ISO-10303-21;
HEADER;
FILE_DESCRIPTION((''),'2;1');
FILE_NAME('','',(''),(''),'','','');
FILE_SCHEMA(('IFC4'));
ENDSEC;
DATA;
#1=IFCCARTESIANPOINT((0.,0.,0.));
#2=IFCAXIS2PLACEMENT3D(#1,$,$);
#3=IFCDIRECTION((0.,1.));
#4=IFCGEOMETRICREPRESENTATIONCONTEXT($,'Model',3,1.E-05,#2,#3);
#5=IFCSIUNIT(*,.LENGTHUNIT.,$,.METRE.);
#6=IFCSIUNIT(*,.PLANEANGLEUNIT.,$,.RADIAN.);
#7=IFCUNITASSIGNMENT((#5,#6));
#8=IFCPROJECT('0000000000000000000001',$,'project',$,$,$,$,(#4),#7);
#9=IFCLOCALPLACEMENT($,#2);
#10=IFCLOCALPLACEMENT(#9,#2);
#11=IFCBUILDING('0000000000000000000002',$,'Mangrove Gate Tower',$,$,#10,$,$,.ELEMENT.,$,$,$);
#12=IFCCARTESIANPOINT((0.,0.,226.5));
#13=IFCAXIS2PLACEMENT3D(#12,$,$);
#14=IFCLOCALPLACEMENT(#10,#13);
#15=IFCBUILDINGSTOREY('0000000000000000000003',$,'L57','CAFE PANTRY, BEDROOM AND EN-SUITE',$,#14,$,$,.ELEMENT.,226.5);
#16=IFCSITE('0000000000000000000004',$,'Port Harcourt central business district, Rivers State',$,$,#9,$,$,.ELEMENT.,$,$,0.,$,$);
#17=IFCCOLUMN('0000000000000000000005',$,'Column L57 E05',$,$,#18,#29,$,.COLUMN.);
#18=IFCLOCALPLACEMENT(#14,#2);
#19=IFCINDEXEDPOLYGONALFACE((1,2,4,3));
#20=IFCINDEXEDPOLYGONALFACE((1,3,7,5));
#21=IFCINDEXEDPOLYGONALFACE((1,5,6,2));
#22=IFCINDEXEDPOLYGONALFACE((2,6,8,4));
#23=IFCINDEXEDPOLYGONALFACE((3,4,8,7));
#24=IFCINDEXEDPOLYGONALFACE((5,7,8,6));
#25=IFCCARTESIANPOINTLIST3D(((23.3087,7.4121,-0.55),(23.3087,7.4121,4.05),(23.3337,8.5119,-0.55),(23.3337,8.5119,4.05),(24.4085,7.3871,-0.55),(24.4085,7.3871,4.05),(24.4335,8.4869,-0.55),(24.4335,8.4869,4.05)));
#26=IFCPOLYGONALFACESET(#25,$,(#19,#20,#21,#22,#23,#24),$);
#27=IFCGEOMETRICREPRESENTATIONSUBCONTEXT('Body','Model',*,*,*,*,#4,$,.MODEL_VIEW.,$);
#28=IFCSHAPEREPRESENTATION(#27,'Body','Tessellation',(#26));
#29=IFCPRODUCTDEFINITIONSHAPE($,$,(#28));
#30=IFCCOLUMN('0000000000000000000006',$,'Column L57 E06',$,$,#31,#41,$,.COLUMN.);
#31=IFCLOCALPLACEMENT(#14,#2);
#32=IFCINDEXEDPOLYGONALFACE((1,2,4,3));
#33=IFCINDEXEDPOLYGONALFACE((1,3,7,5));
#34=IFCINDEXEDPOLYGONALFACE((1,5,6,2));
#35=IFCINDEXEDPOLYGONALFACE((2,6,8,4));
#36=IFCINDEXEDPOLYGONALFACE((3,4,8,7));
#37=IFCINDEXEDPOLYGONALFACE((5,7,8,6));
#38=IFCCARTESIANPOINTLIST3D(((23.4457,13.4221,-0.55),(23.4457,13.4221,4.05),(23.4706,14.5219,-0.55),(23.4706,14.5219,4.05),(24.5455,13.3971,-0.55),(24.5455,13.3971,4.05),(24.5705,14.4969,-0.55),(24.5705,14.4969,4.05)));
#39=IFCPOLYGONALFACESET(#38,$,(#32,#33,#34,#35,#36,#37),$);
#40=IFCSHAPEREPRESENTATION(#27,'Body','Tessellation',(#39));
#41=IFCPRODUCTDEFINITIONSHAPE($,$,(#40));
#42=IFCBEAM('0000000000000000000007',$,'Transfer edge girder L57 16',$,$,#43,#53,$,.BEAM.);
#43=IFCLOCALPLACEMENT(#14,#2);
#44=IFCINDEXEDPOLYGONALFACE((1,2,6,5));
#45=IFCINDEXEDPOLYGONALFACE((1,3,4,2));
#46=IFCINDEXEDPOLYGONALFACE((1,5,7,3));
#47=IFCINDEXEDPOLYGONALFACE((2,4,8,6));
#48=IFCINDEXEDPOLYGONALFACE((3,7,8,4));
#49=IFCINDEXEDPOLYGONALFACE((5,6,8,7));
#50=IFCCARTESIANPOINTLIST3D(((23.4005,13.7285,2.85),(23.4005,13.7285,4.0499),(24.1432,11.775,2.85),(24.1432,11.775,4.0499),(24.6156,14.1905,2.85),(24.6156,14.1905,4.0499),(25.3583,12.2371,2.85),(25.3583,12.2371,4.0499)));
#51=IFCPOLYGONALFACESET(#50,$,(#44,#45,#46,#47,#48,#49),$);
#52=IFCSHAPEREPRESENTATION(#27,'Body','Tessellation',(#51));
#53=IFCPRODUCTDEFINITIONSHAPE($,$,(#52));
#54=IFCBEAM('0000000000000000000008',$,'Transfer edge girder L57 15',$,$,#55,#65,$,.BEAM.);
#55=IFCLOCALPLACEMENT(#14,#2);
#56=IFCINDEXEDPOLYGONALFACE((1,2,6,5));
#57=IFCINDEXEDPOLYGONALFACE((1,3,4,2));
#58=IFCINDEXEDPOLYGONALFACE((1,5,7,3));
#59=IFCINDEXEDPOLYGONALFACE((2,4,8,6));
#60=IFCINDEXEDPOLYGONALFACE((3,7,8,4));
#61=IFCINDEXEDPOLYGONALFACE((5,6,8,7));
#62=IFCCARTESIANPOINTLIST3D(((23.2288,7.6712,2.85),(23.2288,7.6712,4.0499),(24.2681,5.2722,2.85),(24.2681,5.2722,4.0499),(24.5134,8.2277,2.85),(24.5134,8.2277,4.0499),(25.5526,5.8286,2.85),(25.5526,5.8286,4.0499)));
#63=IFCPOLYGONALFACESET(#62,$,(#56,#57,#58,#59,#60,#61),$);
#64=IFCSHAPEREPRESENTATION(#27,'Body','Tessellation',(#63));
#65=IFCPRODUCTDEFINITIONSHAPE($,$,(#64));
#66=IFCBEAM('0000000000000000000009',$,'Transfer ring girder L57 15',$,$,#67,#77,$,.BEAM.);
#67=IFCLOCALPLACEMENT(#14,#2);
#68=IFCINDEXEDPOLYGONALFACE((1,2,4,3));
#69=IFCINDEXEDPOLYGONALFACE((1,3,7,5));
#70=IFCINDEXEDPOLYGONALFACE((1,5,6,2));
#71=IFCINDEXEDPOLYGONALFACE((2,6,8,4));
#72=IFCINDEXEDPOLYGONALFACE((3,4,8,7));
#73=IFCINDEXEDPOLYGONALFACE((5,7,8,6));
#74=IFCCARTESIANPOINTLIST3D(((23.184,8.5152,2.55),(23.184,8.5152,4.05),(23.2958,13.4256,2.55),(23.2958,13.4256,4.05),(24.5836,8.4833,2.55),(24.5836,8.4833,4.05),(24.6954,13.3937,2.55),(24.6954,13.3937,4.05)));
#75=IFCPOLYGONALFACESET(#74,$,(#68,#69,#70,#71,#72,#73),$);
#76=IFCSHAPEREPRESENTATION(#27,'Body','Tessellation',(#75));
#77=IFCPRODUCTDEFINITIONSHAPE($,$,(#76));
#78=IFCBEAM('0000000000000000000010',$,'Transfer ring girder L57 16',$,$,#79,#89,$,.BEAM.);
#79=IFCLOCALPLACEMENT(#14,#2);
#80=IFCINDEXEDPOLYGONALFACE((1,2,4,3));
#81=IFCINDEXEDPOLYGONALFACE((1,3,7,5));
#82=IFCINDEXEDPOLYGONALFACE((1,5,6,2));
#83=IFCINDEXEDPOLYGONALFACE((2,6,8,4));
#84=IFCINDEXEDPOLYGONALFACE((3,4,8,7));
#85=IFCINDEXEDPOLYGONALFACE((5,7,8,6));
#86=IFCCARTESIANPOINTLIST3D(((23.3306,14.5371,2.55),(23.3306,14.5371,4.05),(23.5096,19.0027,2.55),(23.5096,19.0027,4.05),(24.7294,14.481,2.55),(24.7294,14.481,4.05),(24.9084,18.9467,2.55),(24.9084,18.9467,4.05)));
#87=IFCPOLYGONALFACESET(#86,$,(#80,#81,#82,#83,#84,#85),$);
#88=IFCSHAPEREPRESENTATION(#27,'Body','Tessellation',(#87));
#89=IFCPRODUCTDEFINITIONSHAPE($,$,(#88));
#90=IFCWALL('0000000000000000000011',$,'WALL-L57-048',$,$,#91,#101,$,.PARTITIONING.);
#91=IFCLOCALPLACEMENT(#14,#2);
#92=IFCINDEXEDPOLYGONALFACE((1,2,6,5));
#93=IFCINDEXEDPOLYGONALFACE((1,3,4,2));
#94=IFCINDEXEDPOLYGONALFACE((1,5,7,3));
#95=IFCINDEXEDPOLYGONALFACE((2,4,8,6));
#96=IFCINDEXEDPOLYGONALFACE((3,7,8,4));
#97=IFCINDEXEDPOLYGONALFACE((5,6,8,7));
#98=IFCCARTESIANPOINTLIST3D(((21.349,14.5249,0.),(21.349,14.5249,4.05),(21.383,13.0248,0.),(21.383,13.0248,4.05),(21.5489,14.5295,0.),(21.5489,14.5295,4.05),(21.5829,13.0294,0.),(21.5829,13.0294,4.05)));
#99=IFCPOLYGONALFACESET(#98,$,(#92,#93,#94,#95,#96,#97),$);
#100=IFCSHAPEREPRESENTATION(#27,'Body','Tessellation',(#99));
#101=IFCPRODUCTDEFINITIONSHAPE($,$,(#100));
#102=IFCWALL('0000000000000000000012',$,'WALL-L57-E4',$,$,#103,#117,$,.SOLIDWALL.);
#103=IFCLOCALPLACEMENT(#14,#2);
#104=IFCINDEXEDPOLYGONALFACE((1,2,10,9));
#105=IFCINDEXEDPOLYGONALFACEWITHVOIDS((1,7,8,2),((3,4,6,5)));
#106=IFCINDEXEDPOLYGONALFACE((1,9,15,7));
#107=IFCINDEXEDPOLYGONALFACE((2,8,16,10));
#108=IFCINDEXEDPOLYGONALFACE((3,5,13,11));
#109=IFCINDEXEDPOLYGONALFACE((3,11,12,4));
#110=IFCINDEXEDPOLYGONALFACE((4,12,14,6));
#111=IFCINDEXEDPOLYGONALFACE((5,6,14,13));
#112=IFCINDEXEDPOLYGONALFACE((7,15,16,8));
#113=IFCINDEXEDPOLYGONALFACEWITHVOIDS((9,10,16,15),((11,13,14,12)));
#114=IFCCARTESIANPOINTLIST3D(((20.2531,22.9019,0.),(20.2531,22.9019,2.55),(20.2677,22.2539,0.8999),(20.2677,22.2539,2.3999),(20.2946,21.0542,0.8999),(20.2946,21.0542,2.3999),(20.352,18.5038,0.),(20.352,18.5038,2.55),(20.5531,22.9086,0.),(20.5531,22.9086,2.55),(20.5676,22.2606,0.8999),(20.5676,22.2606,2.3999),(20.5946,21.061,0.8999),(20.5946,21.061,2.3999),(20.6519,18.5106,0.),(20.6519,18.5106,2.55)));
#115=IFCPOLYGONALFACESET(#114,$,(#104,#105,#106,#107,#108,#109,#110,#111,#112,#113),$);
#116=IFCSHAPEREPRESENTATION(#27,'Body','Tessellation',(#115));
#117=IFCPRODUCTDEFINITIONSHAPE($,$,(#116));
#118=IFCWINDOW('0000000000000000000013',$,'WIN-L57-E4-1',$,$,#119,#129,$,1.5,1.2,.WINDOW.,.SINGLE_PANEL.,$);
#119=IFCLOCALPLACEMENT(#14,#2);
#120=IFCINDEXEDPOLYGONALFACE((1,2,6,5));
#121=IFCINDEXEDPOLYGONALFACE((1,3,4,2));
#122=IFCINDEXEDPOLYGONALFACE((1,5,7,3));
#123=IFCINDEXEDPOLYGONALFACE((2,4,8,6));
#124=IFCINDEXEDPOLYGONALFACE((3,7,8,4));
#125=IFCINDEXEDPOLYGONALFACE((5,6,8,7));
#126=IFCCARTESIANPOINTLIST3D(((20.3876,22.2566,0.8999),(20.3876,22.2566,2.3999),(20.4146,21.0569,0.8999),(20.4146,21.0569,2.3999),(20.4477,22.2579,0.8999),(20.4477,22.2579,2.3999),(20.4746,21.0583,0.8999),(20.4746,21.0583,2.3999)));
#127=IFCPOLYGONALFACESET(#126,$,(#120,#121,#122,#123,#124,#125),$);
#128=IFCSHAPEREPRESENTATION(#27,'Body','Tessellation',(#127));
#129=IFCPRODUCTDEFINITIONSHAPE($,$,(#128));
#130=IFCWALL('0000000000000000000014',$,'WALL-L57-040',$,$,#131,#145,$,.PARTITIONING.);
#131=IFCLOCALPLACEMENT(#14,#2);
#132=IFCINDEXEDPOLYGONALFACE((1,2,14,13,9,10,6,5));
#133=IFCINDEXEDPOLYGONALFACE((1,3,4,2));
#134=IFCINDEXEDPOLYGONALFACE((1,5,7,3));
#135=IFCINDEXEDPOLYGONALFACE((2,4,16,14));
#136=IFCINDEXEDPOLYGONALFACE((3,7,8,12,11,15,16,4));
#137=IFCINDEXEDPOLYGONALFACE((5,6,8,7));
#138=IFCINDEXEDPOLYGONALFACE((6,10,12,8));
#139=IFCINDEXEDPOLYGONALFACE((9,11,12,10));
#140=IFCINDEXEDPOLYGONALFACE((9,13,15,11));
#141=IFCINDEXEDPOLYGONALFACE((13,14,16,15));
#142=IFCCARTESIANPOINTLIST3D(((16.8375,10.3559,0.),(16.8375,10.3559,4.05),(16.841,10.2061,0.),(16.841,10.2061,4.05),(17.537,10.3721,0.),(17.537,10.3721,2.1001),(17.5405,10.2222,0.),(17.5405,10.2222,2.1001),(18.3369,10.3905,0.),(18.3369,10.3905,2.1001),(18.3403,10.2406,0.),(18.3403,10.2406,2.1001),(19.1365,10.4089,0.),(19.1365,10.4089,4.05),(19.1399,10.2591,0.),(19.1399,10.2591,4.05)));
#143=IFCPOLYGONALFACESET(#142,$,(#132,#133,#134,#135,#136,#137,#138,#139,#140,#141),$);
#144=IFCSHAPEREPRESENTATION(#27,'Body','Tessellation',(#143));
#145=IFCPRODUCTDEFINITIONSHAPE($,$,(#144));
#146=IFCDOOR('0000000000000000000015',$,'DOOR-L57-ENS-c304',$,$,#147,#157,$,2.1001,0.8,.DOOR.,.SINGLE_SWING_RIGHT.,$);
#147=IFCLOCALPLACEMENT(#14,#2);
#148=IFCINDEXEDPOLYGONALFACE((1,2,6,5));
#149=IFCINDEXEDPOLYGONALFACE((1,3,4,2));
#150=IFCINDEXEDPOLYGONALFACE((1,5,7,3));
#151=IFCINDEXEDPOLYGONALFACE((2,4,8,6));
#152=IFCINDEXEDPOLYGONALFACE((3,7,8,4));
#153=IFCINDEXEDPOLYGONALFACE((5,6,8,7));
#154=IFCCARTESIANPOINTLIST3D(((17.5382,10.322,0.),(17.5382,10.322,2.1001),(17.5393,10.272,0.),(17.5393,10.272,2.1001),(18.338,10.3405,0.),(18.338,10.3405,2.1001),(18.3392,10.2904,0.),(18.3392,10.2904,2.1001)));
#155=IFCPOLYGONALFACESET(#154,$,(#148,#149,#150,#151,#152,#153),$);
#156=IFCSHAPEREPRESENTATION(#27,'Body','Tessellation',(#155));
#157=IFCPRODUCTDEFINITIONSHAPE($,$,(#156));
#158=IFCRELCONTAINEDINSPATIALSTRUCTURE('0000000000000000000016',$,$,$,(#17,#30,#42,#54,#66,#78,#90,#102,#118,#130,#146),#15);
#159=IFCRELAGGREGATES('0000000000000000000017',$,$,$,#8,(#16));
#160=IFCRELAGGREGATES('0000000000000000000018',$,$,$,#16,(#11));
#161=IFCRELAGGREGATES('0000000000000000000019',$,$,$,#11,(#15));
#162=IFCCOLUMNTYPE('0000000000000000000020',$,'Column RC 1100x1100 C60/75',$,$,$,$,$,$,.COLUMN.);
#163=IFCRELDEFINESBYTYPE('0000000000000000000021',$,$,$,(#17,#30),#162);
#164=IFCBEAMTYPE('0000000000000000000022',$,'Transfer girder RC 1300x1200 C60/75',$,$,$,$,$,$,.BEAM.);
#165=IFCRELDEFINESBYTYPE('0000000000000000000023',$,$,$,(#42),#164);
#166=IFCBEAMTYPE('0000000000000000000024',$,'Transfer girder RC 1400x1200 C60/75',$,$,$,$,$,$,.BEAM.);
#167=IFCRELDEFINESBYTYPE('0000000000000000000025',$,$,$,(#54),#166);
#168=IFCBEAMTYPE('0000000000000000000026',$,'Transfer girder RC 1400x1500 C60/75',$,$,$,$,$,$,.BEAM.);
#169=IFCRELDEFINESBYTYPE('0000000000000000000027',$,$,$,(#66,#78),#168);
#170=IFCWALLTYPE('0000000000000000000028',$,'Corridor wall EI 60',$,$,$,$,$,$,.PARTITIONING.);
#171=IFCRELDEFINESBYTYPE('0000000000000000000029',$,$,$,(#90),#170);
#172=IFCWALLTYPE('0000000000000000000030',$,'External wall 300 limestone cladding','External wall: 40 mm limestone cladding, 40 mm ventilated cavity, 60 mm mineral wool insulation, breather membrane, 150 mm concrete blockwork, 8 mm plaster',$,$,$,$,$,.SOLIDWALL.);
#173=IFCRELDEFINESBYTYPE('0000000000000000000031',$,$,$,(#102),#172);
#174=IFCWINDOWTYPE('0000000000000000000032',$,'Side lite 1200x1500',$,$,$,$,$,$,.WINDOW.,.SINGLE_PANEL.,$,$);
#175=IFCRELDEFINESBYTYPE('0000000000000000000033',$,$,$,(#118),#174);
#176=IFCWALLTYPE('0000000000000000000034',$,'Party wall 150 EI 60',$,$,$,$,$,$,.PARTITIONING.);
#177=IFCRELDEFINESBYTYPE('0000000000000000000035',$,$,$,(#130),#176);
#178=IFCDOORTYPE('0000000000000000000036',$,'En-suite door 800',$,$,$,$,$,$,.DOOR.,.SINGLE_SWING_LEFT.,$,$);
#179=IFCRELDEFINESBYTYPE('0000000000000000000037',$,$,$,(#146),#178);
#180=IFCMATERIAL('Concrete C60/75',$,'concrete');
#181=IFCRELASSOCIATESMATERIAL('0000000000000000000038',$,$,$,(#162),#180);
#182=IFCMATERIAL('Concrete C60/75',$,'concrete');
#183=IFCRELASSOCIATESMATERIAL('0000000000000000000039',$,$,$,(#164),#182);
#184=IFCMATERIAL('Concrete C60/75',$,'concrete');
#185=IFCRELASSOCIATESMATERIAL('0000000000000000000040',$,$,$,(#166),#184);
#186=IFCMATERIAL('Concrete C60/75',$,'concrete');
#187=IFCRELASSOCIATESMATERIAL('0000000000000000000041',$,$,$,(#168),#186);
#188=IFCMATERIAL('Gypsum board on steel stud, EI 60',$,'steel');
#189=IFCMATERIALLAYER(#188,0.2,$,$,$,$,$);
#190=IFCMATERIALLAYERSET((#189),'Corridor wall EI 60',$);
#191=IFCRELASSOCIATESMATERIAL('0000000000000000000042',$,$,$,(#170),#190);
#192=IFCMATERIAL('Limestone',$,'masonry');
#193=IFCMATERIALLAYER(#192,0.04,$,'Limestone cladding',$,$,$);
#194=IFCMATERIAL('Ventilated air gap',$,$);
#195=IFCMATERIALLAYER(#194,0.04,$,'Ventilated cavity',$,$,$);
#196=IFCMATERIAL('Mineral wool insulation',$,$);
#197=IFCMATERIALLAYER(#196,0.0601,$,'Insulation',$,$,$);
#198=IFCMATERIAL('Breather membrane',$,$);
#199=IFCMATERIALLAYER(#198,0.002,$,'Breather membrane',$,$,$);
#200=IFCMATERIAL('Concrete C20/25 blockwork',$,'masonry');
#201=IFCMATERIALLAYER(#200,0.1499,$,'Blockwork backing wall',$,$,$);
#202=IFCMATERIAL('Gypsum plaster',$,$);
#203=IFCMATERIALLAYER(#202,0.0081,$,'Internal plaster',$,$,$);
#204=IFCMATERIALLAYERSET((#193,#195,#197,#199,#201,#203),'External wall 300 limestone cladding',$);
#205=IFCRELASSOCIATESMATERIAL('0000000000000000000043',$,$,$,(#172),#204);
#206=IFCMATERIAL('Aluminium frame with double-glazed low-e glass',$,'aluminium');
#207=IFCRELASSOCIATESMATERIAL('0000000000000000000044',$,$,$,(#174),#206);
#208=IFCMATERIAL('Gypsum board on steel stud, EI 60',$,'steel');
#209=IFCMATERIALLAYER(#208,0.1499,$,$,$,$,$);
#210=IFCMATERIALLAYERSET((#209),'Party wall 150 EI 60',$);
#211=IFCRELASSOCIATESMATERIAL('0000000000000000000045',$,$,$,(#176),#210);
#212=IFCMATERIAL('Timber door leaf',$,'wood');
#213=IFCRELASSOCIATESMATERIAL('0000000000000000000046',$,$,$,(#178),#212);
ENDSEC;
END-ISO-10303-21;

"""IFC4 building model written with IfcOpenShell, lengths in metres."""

from ifc_helpers import new_model, si_unit, direction, frame, frame_2d, origin, origin_2d, place, context, subcontext, project, spatial, rectangle, extrude, material, layer, layer_set, material_profile, profile_set, type_object, element, fill, save


model = new_model("IFC4")

# Units and contexts
model_context = context("Model", 3, precision=1e-05, world=origin(), true_north=direction((0.0, 1.0)))
body_context = subcontext(model_context, "Body", "Model", "MODEL_VIEW")
ifc_project = project(units=[si_unit("LENGTHUNIT", "METRE"), si_unit("PLANEANGLEUNIT", "RADIAN")], contexts=[model_context])

# Site, building, storey
site_placement = place(None, origin())
site = spatial("IfcSite", under=ifc_project, at=site_placement, Name="Port Harcourt central business district, Rivers State", CompositionType="ELEMENT", RefElevation=0.0)
building_placement = place(site_placement, origin())
building = spatial("IfcBuilding", under=site, at=building_placement, Name="Mangrove Gate Tower", CompositionType="ELEMENT")
storey_placement = place(building_placement, frame((0.0, 0.0, 226.5)))
storey = spatial("IfcBuildingStorey", under=building, at=storey_placement, Name="L57", Description="CAFE PANTRY, BEDROOM AND EN-SUITE", CompositionType="ELEMENT", Elevation=226.5)

# Columns
ifc_material_1 = material(Name="Concrete C60/75", Category="concrete")
ifc_material_profile_1 = material_profile(ifc_material_1, rectangle(XDim=1.1001, YDim=1.1001, at=origin_2d()))
ifc_profile_set_1 = profile_set([ifc_material_profile_1], Name="Concrete C60/75")
column_type = type_object("IfcColumnType", Name="Column RC 1100x1100 C60/75", PredefinedType="COLUMN", material=ifc_profile_set_1)
for number, where, z_axis, x_axis, name in (
    (1, (23.8711, 7.9495, -0.55), (0.0, 0.0, 1.0), (0.022719, 0.999742, 0.0), "Column L57 E05"),
    (2, (24.0081, 13.9595, -0.55), (0.0, 0.0, 1.0), (0.022704, 0.999742, 0.0), "Column L57 E06"),
):
    element("IfcColumn", number, at=place(storey_placement, frame(where, z_axis=z_axis, x_axis=x_axis)), inside=storey, type_object=column_type, Name=name, PredefinedType="COLUMN", context=body_context, shape_type="SweptSolid", body=[
        extrude(rectangle(XDim=1.1001, YDim=1.1001, at=origin_2d()), origin(), (0.0, 0.0, 1.0), 4.6001),
    ])

# Beams
ifc_material_2 = material(Name="Concrete C60/75", Category="concrete")
ifc_material_profile_2 = material_profile(ifc_material_2, rectangle(XDim=1.3, YDim=1.2, at=origin_2d()))
ifc_profile_set_2 = profile_set([ifc_material_profile_2], Name="Concrete C60/75")
beam_type_1 = type_object("IfcBeamType", Name="Transfer girder RC 1300x1200 C60/75", PredefinedType="BEAM", material=ifc_profile_set_2)
beam_1_placement = place(storey_placement, frame((24.0081, 13.9595, 3.45), z_axis=(0.355383, -0.934721, 0.0), x_axis=(0.934721, 0.355383, 0.0)))
element("IfcBeam", 3, at=beam_1_placement, inside=storey, type_object=beam_type_1, Name="Transfer edge girder L57 16", PredefinedType="BEAM", context=body_context, shape_type="SweptSolid", body=[
    extrude(rectangle(XDim=1.3, YDim=1.2, at=origin_2d()), origin(), (0.0, 0.0, 1.0), 2.0898),
])
ifc_material_3 = material(Name="Concrete C60/75", Category="concrete")
ifc_material_profile_3 = material_profile(ifc_material_3, rectangle(XDim=1.3999, YDim=1.2, at=origin_2d()))
ifc_profile_set_3 = profile_set([ifc_material_profile_3], Name="Concrete C60/75")
beam_type_2 = type_object("IfcBeamType", Name="Transfer girder RC 1400x1200 C60/75", PredefinedType="BEAM", material=ifc_profile_set_3)
beam_2_placement = place(storey_placement, frame((23.8711, 7.9495, 3.45), z_axis=(0.3975, -0.917602, 0.0), x_axis=(0.917602, 0.3975, 0.0)))
element("IfcBeam", 4, at=beam_2_placement, inside=storey, type_object=beam_type_2, Name="Transfer edge girder L57 15", PredefinedType="BEAM", context=body_context, shape_type="SweptSolid", body=[
    extrude(rectangle(XDim=1.3999, YDim=1.2, at=origin_2d()), origin(), (0.0, 0.0, 1.0), 2.6145),
])
ifc_material_4 = material(Name="Concrete C60/75", Category="concrete")
ifc_material_profile_4 = material_profile(ifc_material_4, rectangle(XDim=1.3999, YDim=1.5, at=origin_2d()))
ifc_profile_set_4 = profile_set([ifc_material_profile_4], Name="Concrete C60/75")
beam_type_3 = type_object("IfcBeamType", Name="Transfer girder RC 1400x1500 C60/75", PredefinedType="BEAM", material=ifc_profile_set_4)
beam_3_placement = place(storey_placement, frame((23.8838, 8.4993, 3.3), z_axis=(0.022765, 0.999741, 0.0), x_axis=(-0.999741, 0.022765, 0.0)))
element("IfcBeam", 5, at=beam_3_placement, inside=storey, type_object=beam_type_3, Name="Transfer ring girder L57 15", PredefinedType="BEAM", context=body_context, shape_type="SweptSolid", body=[
    extrude(rectangle(XDim=1.3999, YDim=1.5, at=origin_2d()), origin(), (0.0, 0.0, 1.0), 4.9116),
])
beam_4_placement = place(storey_placement, frame((24.03, 14.509, 3.3), z_axis=(0.040042, 0.999198, 0.0), x_axis=(-0.999198, 0.040042, 0.0)))
element("IfcBeam", 6, at=beam_4_placement, inside=storey, type_object=beam_type_3, Name="Transfer ring girder L57 16", PredefinedType="BEAM", context=body_context, shape_type="SweptSolid", body=[
    extrude(rectangle(XDim=1.3999, YDim=1.5, at=origin_2d()), origin(), (0.0, 0.0, 1.0), 4.4692),
])

# Wall
ifc_material_5 = material(Name="Gypsum board on steel stud, EI 60", Category="steel")
ifc_layer_1 = layer(ifc_material_5, 0.2)
ifc_layer_set_1 = layer_set([ifc_layer_1], Name="Corridor wall EI 60")
wall_type_1 = type_object("IfcWallType", Name="Corridor wall EI 60", PredefinedType="PARTITIONING", material=ifc_layer_set_1)
wall_1_placement = place(storey_placement, frame((21.4829, 13.0271, 0.0), z_axis=(0.0, 0.0, 1.0), x_axis=(-0.022618, 0.999744, 0.0)))
element("IfcWall", 7, at=wall_1_placement, inside=storey, type_object=wall_type_1, Name="WALL-L57-048", PredefinedType="PARTITIONING", context=body_context, shape_type="SweptSolid", body=[
    extrude(rectangle(XDim=1.5005, YDim=0.2, at=frame_2d((0.7502, 0.0))), origin(), (0.0, 0.0, 1.0), 4.05),
])

# Shared definitions
ifc_material_6 = material(Name="Limestone", Category="masonry")
ifc_layer_2 = layer(ifc_material_6, 0.04, Name="Limestone cladding")
ifc_material_7 = material(Name="Ventilated air gap")
ifc_layer_3 = layer(ifc_material_7, 0.04, Name="Ventilated cavity")
ifc_material_8 = material(Name="Mineral wool insulation")
ifc_layer_4 = layer(ifc_material_8, 0.0601, Name="Insulation")
ifc_material_9 = material(Name="Breather membrane")
ifc_layer_5 = layer(ifc_material_9, 0.002, Name="Breather membrane")
ifc_material_10 = material(Name="Concrete C20/25 blockwork", Category="masonry")
ifc_layer_6 = layer(ifc_material_10, 0.1499, Name="Blockwork backing wall")
ifc_material_11 = material(Name="Gypsum plaster")
ifc_layer_7 = layer(ifc_material_11, 0.0081, Name="Internal plaster")
ifc_layer_set_2 = layer_set([ifc_layer_2, ifc_layer_3, ifc_layer_4, ifc_layer_5, ifc_layer_6, ifc_layer_7], Name="External wall 300 limestone cladding")
wall_type_2 = type_object("IfcWallType", Name="External wall 300 limestone cladding", Description="External wall: 40 mm limestone cladding, 40 mm ventilated cavity, 60 mm mineral wool insulation, breather membrane, 150 mm concrete blockwork, 8 mm plaster", PredefinedType="SOLIDWALL", material=ifc_layer_set_2)

# Wall, opening, window
wall_2_placement = place(storey_placement, frame((20.502, 18.5071, 0.0), z_axis=(0.0, 0.0, 1.0), x_axis=(-0.022477, 0.999747, 0.0)))
wall_2 = element("IfcWall", 8, at=wall_2_placement, inside=storey, type_object=wall_type_2, Name="WALL-L57-E4", PredefinedType="SOLIDWALL", context=body_context, shape_type="SweptSolid", body=[
    extrude(rectangle(XDim=4.3992, YDim=0.3, at=frame_2d((2.1997, 0.0))), origin(), (0.0, 0.0, 1.0), 2.55),
])
opening_1_placement = place(wall_2_placement, frame((2.551, 0.0, 0.8999)))
opening_1 = element("IfcOpeningElement", 9, at=opening_1_placement, cuts=wall_2, PredefinedType="OPENING", context=body_context, shape_type="SweptSolid", body=[
    extrude(rectangle(XDim=1.2, YDim=1.5, at=frame_2d((0.6001, 0.75))), frame((0.0, 0.1599, 0.0), z_axis=(0.0, -1.0, 0.0), x_axis=(1.0, 0.0, 0.0)), (0.0, 0.0, 1.0), 0.3201),
])
ifc_material_12 = material(Name="Aluminium frame with double-glazed low-e glass", Category="aluminium")
window_type = type_object("IfcWindowType", Name="Side lite 1200x1500", PartitioningType="SINGLE_PANEL", PredefinedType="WINDOW", material=ifc_material_12)
window_placement = place(opening_1_placement, origin())
window = element("IfcWindow", 10, at=window_placement, inside=storey, type_object=window_type, Name="WIN-L57-E4-1", OverallHeight=1.5, OverallWidth=1.2, PartitioningType="SINGLE_PANEL", PredefinedType="WINDOW", context=body_context, shape_type="SweptSolid", body=[
    extrude(rectangle(XDim=1.2, YDim=1.5, at=frame_2d((0.6001, 0.75))), frame((0.0, 0.03, 0.0), z_axis=(0.0, -1.0, 0.0), x_axis=(1.0, 0.0, 0.0)), (0.0, 0.0, 1.0), 0.0601),
])
fill(opening_1, window)

# Wall, opening, door
ifc_material_13 = material(Name="Gypsum board on steel stud, EI 60", Category="steel")
ifc_layer_8 = layer(ifc_material_13, 0.1499)
ifc_layer_set_3 = layer_set([ifc_layer_8], Name="Party wall 150 EI 60")
wall_type_3 = type_object("IfcWallType", Name="Party wall 150 EI 60", PredefinedType="PARTITIONING", material=ifc_layer_set_3)
wall_3_placement = place(storey_placement, frame((16.8391, 10.281, 0.0), z_axis=(0.0, 0.0, 1.0), x_axis=(0.999735, 0.02304, 0.0)))
wall_3 = element("IfcWall", 11, at=wall_3_placement, inside=storey, type_object=wall_type_3, Name="WALL-L57-040", PredefinedType="PARTITIONING", context=body_context, shape_type="SweptSolid", body=[
    extrude(rectangle(XDim=2.2996, YDim=0.1499, at=frame_2d((1.1499, 0.0))), origin(), (0.0, 0.0, 1.0), 4.05),
])
opening_2_placement = place(wall_3_placement, frame((0.7, 0.0, 0.0)))
opening_2 = element("IfcOpeningElement", 12, at=opening_2_placement, cuts=wall_3, PredefinedType="OPENING", context=body_context, shape_type="SweptSolid", body=[
    extrude(rectangle(XDim=0.8, YDim=2.1001, at=frame_2d((0.3999, 1.05))), frame((0.0, 0.085, 0.0), z_axis=(0.0, -1.0, 0.0), x_axis=(1.0, 0.0, 0.0)), (0.0, 0.0, 1.0), 0.1699),
])
ifc_material_14 = material(Name="Timber door leaf", Category="wood")
door_type_1 = type_object("IfcDoorType", Name="En-suite door 800", OperationType="SINGLE_SWING_LEFT", PredefinedType="DOOR", material=ifc_material_14)
door_1_placement = place(opening_2_placement, origin())
door_1 = element("IfcDoor", 13, at=door_1_placement, inside=storey, type_object=door_type_1, Name="DOOR-L57-ENS-c304", OperationType="SINGLE_SWING_RIGHT", OverallHeight=2.1001, OverallWidth=0.8, PredefinedType="DOOR", context=body_context, shape_type="SweptSolid", body=[
    extrude(rectangle(XDim=0.8, YDim=2.1001, at=frame_2d((0.3999, 1.05))), frame((0.0, 0.0249, 0.0), z_axis=(0.0, -1.0, 0.0), x_axis=(1.0, 0.0, 0.0)), (0.0, 0.0, 1.0), 0.05),
])
fill(opening_2, door_1)

save(model, "model.ifc")
